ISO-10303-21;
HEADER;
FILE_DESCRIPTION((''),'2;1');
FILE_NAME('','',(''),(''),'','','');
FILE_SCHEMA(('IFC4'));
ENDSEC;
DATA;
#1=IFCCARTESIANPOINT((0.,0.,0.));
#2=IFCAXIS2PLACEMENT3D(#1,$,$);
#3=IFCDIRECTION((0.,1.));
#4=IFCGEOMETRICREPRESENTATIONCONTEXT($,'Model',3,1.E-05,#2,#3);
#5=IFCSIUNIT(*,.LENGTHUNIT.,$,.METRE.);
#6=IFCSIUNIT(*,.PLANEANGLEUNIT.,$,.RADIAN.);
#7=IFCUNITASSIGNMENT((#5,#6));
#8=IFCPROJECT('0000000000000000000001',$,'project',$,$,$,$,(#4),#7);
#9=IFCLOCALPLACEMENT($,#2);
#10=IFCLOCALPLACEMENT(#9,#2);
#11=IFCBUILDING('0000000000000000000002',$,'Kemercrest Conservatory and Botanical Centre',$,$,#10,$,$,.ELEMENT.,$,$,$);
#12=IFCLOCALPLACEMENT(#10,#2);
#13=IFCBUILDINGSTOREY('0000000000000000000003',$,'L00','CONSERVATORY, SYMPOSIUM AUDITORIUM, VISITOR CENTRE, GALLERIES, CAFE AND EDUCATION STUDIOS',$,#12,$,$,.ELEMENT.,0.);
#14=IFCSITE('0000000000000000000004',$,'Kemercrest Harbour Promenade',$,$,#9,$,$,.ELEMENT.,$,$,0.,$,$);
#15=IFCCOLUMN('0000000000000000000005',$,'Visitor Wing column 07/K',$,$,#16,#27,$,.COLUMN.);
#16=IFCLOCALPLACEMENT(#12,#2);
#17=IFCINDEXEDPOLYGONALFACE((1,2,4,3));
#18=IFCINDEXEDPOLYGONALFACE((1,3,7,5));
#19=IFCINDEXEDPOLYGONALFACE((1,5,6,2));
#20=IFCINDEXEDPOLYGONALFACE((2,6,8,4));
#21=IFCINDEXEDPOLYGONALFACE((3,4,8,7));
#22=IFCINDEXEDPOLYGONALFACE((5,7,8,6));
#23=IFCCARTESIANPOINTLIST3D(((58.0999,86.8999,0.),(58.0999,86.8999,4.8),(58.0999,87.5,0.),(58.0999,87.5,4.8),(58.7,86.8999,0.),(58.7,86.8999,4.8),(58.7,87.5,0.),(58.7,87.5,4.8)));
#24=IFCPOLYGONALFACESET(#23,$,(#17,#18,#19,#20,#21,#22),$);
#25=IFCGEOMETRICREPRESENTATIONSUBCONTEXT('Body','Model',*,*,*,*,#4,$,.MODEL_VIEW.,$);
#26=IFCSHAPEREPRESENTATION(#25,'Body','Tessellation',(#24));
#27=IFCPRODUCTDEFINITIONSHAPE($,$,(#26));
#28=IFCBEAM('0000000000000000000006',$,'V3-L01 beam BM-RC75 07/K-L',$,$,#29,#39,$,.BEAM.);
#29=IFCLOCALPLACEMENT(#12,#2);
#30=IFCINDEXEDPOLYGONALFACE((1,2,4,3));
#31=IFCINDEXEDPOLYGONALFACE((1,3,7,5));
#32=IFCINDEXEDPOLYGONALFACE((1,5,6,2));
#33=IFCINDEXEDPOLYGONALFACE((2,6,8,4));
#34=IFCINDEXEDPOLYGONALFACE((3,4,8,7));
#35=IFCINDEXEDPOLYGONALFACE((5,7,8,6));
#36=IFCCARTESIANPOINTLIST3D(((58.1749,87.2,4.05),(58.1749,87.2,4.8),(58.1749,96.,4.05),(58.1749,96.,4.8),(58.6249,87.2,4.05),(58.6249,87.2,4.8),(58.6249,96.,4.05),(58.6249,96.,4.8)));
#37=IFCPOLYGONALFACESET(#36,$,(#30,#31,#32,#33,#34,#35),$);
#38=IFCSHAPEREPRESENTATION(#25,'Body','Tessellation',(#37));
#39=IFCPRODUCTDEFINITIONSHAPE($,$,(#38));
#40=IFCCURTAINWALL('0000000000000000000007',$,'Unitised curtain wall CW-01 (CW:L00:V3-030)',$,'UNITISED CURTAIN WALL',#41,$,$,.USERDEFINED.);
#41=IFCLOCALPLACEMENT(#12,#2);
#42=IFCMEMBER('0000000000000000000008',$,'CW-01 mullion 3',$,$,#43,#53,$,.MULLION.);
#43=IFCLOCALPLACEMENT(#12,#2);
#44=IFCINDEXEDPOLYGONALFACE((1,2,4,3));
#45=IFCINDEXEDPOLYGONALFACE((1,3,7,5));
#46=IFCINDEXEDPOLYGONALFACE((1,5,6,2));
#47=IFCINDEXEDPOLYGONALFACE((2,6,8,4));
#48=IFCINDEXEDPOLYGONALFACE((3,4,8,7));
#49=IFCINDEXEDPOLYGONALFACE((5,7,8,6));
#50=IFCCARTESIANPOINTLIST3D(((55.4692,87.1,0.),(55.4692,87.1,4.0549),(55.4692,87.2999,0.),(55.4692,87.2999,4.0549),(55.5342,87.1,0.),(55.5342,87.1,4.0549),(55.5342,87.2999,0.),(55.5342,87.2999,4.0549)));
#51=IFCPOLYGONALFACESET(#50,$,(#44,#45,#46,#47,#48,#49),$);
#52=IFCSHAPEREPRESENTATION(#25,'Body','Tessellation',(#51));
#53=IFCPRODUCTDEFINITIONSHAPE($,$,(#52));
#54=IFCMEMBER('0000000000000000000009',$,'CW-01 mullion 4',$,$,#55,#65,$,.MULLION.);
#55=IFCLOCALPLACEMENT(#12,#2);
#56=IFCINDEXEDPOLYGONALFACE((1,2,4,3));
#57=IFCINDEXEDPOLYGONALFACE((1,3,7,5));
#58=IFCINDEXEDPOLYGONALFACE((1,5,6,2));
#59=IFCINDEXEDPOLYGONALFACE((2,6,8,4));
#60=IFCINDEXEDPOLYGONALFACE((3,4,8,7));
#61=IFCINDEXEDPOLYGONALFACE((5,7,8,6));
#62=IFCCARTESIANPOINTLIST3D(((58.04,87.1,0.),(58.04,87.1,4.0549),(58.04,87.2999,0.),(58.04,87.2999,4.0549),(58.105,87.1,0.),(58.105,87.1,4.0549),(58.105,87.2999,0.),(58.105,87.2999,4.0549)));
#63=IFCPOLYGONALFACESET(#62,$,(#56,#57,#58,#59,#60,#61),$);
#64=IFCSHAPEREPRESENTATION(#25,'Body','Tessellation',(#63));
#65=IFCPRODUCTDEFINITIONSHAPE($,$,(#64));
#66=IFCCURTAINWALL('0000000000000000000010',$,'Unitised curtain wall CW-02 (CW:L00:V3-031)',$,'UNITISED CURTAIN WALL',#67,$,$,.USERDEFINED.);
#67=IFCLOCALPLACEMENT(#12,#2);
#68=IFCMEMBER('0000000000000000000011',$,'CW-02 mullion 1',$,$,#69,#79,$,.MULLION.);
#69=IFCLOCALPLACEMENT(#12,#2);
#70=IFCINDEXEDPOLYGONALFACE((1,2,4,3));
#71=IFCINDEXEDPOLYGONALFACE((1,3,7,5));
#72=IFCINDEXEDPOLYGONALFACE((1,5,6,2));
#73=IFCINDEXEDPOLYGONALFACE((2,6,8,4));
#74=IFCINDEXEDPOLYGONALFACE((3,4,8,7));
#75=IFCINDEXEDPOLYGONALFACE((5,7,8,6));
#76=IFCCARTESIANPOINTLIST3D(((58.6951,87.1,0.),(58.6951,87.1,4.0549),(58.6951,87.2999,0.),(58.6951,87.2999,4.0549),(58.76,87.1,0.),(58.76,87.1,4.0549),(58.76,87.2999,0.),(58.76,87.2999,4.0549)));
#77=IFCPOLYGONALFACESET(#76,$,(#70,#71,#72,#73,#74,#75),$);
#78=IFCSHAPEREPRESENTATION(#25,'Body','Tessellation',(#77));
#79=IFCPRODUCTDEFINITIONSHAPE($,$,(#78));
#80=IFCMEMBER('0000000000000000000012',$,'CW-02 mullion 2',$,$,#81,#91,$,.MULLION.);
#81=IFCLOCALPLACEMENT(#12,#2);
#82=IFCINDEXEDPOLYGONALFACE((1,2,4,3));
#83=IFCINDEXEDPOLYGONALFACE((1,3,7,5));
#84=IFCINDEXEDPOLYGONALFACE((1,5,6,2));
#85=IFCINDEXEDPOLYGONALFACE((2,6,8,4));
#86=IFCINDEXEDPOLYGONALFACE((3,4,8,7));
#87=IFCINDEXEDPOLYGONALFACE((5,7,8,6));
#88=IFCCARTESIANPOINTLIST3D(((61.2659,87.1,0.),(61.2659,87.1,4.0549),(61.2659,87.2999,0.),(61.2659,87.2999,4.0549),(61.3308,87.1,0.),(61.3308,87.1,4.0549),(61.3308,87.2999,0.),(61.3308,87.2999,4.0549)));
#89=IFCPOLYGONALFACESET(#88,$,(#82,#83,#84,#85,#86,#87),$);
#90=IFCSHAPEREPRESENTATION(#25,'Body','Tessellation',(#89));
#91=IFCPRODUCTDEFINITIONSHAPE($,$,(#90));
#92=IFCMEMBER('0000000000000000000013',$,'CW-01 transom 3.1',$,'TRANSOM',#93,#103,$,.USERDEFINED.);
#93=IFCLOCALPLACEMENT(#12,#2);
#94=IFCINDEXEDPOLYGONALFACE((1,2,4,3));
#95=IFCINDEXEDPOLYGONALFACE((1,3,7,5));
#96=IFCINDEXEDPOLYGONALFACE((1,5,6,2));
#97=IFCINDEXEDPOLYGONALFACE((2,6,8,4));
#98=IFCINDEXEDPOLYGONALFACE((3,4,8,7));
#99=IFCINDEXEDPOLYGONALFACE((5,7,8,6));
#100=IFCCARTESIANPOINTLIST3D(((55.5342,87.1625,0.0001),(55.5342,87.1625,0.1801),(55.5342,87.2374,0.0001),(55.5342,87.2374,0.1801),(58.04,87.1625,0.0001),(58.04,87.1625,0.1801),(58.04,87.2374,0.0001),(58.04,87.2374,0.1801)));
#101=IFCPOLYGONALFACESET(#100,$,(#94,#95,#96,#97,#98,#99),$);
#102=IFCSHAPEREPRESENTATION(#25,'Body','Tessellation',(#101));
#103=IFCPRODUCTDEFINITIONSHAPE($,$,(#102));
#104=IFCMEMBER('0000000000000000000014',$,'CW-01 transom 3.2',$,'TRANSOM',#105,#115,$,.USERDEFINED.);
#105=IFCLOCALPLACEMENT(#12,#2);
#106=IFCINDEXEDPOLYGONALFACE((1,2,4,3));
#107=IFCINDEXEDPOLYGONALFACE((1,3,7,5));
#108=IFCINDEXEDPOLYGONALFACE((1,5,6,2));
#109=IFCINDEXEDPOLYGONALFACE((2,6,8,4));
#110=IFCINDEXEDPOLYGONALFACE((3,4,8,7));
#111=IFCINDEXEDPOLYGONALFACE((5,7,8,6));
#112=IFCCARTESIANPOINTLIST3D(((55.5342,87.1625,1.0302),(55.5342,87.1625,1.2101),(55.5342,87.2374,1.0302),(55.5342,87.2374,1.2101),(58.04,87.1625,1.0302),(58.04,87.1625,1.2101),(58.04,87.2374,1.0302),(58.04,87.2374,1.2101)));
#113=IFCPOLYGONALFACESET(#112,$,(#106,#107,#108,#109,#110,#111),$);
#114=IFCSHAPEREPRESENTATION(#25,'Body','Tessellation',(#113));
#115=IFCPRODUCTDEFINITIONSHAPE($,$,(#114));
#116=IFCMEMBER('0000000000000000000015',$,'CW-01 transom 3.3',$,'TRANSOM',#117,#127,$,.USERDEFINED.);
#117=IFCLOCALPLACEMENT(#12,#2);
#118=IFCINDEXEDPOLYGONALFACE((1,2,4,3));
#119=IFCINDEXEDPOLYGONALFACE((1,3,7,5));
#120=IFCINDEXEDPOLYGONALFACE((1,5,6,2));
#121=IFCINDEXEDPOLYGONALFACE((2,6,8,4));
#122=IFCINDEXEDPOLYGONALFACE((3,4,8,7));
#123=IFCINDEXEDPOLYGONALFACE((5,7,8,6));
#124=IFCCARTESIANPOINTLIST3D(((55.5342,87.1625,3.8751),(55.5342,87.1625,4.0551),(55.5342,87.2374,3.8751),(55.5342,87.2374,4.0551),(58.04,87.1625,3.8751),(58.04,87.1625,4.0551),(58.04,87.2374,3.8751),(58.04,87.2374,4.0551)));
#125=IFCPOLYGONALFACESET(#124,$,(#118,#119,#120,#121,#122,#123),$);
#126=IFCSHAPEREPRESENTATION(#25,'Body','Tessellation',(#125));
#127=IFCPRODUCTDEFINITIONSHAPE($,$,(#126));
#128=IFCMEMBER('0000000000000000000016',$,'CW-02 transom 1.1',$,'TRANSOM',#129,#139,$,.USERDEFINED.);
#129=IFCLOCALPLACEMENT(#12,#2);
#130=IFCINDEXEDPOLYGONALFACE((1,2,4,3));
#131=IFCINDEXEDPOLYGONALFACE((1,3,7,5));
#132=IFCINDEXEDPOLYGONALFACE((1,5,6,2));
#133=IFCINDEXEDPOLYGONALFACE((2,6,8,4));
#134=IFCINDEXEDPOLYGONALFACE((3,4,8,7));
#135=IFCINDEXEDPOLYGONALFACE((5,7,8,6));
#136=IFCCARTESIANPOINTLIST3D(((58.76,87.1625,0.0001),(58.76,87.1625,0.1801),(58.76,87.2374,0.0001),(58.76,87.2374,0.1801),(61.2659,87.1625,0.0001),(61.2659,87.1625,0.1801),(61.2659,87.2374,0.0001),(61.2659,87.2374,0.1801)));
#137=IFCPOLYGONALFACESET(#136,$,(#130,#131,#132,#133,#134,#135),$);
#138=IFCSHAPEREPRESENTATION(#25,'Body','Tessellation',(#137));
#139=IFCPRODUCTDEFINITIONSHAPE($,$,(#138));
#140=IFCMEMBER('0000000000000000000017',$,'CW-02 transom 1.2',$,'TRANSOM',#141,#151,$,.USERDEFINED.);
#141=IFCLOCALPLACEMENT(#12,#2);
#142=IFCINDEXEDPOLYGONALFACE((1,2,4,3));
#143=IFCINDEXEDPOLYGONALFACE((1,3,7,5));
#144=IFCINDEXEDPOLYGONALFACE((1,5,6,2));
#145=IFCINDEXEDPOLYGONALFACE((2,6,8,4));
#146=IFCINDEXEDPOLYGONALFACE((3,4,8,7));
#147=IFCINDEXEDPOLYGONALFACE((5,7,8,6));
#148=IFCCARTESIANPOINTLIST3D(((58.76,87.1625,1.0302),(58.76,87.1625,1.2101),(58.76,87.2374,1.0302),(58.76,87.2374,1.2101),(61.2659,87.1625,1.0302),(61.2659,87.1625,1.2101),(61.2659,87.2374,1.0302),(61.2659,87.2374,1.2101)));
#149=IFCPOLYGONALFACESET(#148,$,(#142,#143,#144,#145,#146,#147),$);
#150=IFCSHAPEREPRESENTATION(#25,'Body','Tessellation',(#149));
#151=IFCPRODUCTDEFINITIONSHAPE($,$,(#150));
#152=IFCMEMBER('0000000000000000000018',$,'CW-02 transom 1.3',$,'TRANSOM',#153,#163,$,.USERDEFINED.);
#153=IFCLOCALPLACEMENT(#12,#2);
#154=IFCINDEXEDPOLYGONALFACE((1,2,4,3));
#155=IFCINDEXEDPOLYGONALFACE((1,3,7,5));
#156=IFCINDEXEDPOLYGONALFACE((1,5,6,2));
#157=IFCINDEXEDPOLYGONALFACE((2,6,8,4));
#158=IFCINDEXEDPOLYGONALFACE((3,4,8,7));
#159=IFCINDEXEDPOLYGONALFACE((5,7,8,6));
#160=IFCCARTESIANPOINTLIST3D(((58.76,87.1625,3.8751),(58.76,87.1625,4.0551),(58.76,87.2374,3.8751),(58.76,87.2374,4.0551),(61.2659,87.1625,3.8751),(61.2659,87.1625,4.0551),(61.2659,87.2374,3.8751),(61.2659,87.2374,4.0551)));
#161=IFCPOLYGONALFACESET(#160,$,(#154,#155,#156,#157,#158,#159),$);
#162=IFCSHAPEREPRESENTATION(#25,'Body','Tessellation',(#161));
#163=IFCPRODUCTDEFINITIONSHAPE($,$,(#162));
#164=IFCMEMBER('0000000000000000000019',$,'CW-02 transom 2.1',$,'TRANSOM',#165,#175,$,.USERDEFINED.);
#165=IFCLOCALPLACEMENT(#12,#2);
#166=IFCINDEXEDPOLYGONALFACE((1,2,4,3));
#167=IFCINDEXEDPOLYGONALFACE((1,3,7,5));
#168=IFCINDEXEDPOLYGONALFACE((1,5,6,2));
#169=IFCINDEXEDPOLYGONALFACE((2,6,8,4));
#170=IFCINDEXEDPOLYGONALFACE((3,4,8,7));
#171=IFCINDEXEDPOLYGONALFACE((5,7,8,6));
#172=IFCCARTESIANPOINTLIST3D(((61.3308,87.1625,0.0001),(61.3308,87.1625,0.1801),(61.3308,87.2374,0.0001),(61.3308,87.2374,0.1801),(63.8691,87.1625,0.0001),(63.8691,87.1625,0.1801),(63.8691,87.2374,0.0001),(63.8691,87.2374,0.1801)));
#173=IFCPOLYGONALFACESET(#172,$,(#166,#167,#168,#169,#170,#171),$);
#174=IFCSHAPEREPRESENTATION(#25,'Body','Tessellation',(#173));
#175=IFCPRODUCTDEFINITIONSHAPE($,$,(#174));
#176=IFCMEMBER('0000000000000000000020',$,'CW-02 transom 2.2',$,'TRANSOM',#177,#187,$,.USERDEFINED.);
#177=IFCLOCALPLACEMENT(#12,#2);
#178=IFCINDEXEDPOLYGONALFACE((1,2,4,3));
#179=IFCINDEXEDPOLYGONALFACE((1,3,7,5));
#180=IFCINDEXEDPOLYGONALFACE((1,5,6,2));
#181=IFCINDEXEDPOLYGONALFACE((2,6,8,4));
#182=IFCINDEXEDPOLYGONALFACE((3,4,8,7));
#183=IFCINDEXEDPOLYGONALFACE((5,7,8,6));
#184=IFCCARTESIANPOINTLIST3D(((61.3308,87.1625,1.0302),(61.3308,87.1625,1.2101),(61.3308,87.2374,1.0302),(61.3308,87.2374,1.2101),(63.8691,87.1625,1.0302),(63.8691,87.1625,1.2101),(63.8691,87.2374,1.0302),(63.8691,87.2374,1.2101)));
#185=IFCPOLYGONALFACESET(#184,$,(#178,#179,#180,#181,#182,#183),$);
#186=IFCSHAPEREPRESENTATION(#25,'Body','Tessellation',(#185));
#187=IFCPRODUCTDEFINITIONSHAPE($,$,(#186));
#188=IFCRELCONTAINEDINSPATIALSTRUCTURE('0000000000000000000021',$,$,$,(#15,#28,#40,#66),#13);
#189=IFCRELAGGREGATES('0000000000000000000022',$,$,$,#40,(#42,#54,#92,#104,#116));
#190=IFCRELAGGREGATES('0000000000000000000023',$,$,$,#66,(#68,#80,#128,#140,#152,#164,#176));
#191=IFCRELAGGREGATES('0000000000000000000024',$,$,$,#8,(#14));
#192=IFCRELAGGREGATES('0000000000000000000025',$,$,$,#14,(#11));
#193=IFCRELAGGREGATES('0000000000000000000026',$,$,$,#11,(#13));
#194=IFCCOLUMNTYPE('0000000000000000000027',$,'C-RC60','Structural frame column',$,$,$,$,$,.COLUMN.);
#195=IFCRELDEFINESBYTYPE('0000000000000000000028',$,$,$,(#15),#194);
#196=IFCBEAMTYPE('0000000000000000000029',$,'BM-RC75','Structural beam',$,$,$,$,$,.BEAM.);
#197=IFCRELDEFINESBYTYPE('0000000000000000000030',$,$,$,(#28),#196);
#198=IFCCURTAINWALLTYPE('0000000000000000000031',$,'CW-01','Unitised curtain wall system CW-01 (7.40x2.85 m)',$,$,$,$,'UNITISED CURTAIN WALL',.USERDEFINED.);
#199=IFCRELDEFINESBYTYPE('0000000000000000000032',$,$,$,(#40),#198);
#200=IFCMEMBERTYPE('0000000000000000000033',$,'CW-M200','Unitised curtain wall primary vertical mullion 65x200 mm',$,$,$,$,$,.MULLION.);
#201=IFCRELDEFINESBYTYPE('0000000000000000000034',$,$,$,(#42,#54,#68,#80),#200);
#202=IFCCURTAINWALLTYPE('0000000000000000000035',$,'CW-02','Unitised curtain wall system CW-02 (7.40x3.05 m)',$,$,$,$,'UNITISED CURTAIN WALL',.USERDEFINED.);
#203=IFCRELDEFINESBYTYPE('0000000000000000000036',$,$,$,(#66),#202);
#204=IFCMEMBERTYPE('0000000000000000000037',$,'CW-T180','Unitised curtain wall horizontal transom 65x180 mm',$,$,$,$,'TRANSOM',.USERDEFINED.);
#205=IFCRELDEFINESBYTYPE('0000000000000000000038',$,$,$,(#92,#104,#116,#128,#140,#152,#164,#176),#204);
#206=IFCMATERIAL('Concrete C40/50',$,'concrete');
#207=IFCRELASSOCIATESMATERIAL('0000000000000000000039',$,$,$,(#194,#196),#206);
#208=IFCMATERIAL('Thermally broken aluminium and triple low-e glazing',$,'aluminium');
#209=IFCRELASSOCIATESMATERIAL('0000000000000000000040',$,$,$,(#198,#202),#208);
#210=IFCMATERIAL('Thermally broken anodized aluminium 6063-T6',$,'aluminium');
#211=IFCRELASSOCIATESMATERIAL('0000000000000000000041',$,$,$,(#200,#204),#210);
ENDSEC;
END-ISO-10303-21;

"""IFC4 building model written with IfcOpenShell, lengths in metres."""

from ifc_helpers import new_model, si_unit, direction, frame, origin, origin_2d, place, context, subcontext, project, spatial, rectangle, extrude, material, material_profile, profile_set, type_object, element, aggregate, save


model = new_model("IFC4")

# Units and contexts
model_context = context("Model", 3, precision=1e-05, world=origin(), true_north=direction((0.0, 1.0)))
body_context = subcontext(model_context, "Body", "Model", "MODEL_VIEW")
ifc_project = project(units=[si_unit("LENGTHUNIT", "METRE"), si_unit("PLANEANGLEUNIT", "RADIAN")], contexts=[model_context])

# Site, building, storey
site_placement = place(None, origin())
site = spatial("IfcSite", under=ifc_project, at=site_placement, Name="Kemercrest Harbour Promenade", CompositionType="ELEMENT", RefElevation=0.0)
building_placement = place(site_placement, origin())
building = spatial("IfcBuilding", under=site, at=building_placement, Name="Kemercrest Conservatory and Botanical Centre", CompositionType="ELEMENT")
storey_placement = place(building_placement, origin())
storey = spatial("IfcBuildingStorey", under=building, at=storey_placement, Name="L00", Description="CONSERVATORY, SYMPOSIUM AUDITORIUM, VISITOR CENTRE, GALLERIES, CAFE AND EDUCATION STUDIOS", CompositionType="ELEMENT", Elevation=0.0)

# Column
ifc_material_1 = material(Name="Concrete C40/50", Category="concrete")
ifc_material_profile_1 = material_profile(ifc_material_1, rectangle(XDim=0.6001, YDim=0.6001, at=origin_2d()), Name="RC 600x600")
ifc_profile_set_1 = profile_set([ifc_material_profile_1], Name="Concrete C40/50")
column_type = type_object("IfcColumnType", Name="C-RC60", Description="Structural frame column", PredefinedType="COLUMN", material=ifc_profile_set_1)
column_placement = place(storey_placement, frame((58.3999, 87.2, 0.0), z_axis=(0.0, 0.0, 1.0), x_axis=(1.0, 0.0, 0.0)))
element("IfcColumn", 1, at=column_placement, inside=storey, type_object=column_type, Name="Visitor Wing column 07/K", PredefinedType="COLUMN", context=body_context, shape_type="SweptSolid", body=[
    extrude(rectangle(XDim=0.6001, YDim=0.6001, at=origin_2d()), origin(), (0.0, 0.0, 1.0), 4.8),
])

# Beam
ifc_material_profile_2 = material_profile(ifc_material_1, rectangle(XDim=0.45, YDim=0.75, at=origin_2d()), Name="RC 450x750")
ifc_profile_set_2 = profile_set([ifc_material_profile_2], Name="Concrete C40/50")
beam_type_1 = type_object("IfcBeamType", Name="BM-RC75", Description="Structural beam", PredefinedType="BEAM", material=ifc_profile_set_2)
beam_1_placement = place(storey_placement, frame((58.3999, 87.2, 4.425), z_axis=(0.0, 1.0, 0.0), x_axis=(-1.0, 0.0, 0.0)))
element("IfcBeam", 2, at=beam_1_placement, inside=storey, type_object=beam_type_1, Name="V3-L01 beam BM-RC75 07/K-L", PredefinedType="BEAM", context=body_context, shape_type="SweptSolid", body=[
    extrude(rectangle(XDim=0.45, YDim=0.75, at=origin_2d()), origin(), (0.0, 0.0, 1.0), 8.8),
])

# Curtain walls, members
ifc_material_2 = material(Name="Thermally broken aluminium and triple low-e glazing", Category="aluminium")
curtain_wall_type_1 = type_object("IfcCurtainWallType", Name="CW-01", Description="Unitised curtain wall system CW-01 (7.40x2.85 m)", ElementType="UNITISED CURTAIN WALL", PredefinedType="USERDEFINED", material=ifc_material_2)
curtain_wall_1_placement = place(storey_placement, origin())
curtain_wall_1 = element("IfcCurtainWall", 3, at=curtain_wall_1_placement, inside=storey, type_object=curtain_wall_type_1, Name="Unitised curtain wall CW-01 (CW:L00:V3-030)", ObjectType="UNITISED CURTAIN WALL", PredefinedType="USERDEFINED")
ifc_material_3 = material(Name="Thermally broken anodized aluminium 6063-T6", Category="aluminium")
ifc_material_profile_3 = material_profile(ifc_material_3, rectangle(XDim=0.2, YDim=0.0649, at=origin_2d()), Name="AL MULLION 65x200")
ifc_profile_set_3 = profile_set([ifc_material_profile_3], Name="Thermally broken anodized aluminium 6063-T6")
member_type_1 = type_object("IfcMemberType", Name="CW-M200", Description="Unitised curtain wall primary vertical mullion 65x200 mm", PredefinedType="MULLION", material=ifc_profile_set_3)
member_1_placement = place(storey_placement, frame((55.5017, 87.2, 0.0), z_axis=(0.0, 0.0, 1.0), x_axis=(0.0, 1.0, 0.0)))
member_1 = element("IfcMember", 4, at=member_1_placement, type_object=member_type_1, Name="CW-01 mullion 3", PredefinedType="MULLION", context=body_context, shape_type="SweptSolid", body=[
    extrude(rectangle(XDim=0.2, YDim=0.0649, at=origin_2d()), origin(), (0.0, 0.0, 1.0), 4.0549),
])
member_2_placement = place(storey_placement, frame((58.0725, 87.2, 0.0), z_axis=(0.0, 0.0, 1.0), x_axis=(0.0, 1.0, 0.0)))
member_2 = element("IfcMember", 5, at=member_2_placement, type_object=member_type_1, Name="CW-01 mullion 4", PredefinedType="MULLION", context=body_context, shape_type="SweptSolid", body=[
    extrude(rectangle(XDim=0.2, YDim=0.0649, at=origin_2d()), origin(), (0.0, 0.0, 1.0), 4.0549),
])
curtain_wall_type_2 = type_object("IfcCurtainWallType", Name="CW-02", Description="Unitised curtain wall system CW-02 (7.40x3.05 m)", ElementType="UNITISED CURTAIN WALL", PredefinedType="USERDEFINED", material=ifc_material_2)
curtain_wall_2_placement = place(storey_placement, origin())
curtain_wall_2 = element("IfcCurtainWall", 6, at=curtain_wall_2_placement, inside=storey, type_object=curtain_wall_type_2, Name="Unitised curtain wall CW-02 (CW:L00:V3-031)", ObjectType="UNITISED CURTAIN WALL", PredefinedType="USERDEFINED")
member_3_placement = place(storey_placement, frame((58.7275, 87.2, 0.0), z_axis=(0.0, 0.0, 1.0), x_axis=(0.0, 1.0, 0.0)))
member_3 = element("IfcMember", 7, at=member_3_placement, type_object=member_type_1, Name="CW-02 mullion 1", PredefinedType="MULLION", context=body_context, shape_type="SweptSolid", body=[
    extrude(rectangle(XDim=0.2, YDim=0.0649, at=origin_2d()), origin(), (0.0, 0.0, 1.0), 4.0549),
])
member_4_placement = place(storey_placement, frame((61.2983, 87.2, 0.0), z_axis=(0.0, 0.0, 1.0), x_axis=(0.0, 1.0, 0.0)))
member_4 = element("IfcMember", 8, at=member_4_placement, type_object=member_type_1, Name="CW-02 mullion 2", PredefinedType="MULLION", context=body_context, shape_type="SweptSolid", body=[
    extrude(rectangle(XDim=0.2, YDim=0.0649, at=origin_2d()), origin(), (0.0, 0.0, 1.0), 4.0549),
])

# Members
ifc_material_profile_4 = material_profile(ifc_material_3, rectangle(XDim=0.075, YDim=0.1799, at=origin_2d()), Name="AL TRANSOM 75x180")
ifc_profile_set_4 = profile_set([ifc_material_profile_4], Name="Thermally broken anodized aluminium 6063-T6")
member_type_2 = type_object("IfcMemberType", Name="CW-T180", Description="Unitised curtain wall horizontal transom 65x180 mm", ElementType="TRANSOM", PredefinedType="USERDEFINED", material=ifc_profile_set_4)
member_5_placement = place(storey_placement, frame((55.5342, 87.2, 0.0901), z_axis=(1.0, 0.0, 0.0), x_axis=(0.0, 1.0, 0.0)))
member_5 = element("IfcMember", 9, at=member_5_placement, type_object=member_type_2, Name="CW-01 transom 3.1", ObjectType="TRANSOM", PredefinedType="USERDEFINED", context=body_context, shape_type="SweptSolid", body=[
    extrude(rectangle(XDim=0.075, YDim=0.1799, at=origin_2d()), origin(), (0.0, 0.0, 1.0), 2.5059),
])
member_6_placement = place(storey_placement, frame((55.5342, 87.2, 1.1201), z_axis=(1.0, 0.0, 0.0), x_axis=(0.0, 1.0, 0.0)))
member_6 = element("IfcMember", 10, at=member_6_placement, type_object=member_type_2, Name="CW-01 transom 3.2", ObjectType="TRANSOM", PredefinedType="USERDEFINED", context=body_context, shape_type="SweptSolid", body=[
    extrude(rectangle(XDim=0.075, YDim=0.1799, at=origin_2d()), origin(), (0.0, 0.0, 1.0), 2.5059),
])
member_7_placement = place(storey_placement, frame((55.5342, 87.2, 3.9651), z_axis=(1.0, 0.0, 0.0), x_axis=(0.0, 1.0, 0.0)))
member_7 = element("IfcMember", 11, at=member_7_placement, type_object=member_type_2, Name="CW-01 transom 3.3", ObjectType="TRANSOM", PredefinedType="USERDEFINED", context=body_context, shape_type="SweptSolid", body=[
    extrude(rectangle(XDim=0.075, YDim=0.1799, at=origin_2d()), origin(), (0.0, 0.0, 1.0), 2.5059),
])
member_8_placement = place(storey_placement, frame((58.76, 87.2, 0.0901), z_axis=(1.0, 0.0, 0.0), x_axis=(0.0, 1.0, 0.0)))
member_8 = element("IfcMember", 12, at=member_8_placement, type_object=member_type_2, Name="CW-02 transom 1.1", ObjectType="TRANSOM", PredefinedType="USERDEFINED", context=body_context, shape_type="SweptSolid", body=[
    extrude(rectangle(XDim=0.075, YDim=0.1799, at=origin_2d()), origin(), (0.0, 0.0, 1.0), 2.5059),
])
member_9_placement = place(storey_placement, frame((58.76, 87.2, 1.1201), z_axis=(1.0, 0.0, 0.0), x_axis=(0.0, 1.0, 0.0)))
member_9 = element("IfcMember", 13, at=member_9_placement, type_object=member_type_2, Name="CW-02 transom 1.2", ObjectType="TRANSOM", PredefinedType="USERDEFINED", context=body_context, shape_type="SweptSolid", body=[
    extrude(rectangle(XDim=0.075, YDim=0.1799, at=origin_2d()), origin(), (0.0, 0.0, 1.0), 2.5059),
])
member_10_placement = place(storey_placement, frame((58.76, 87.2, 3.9651), z_axis=(1.0, 0.0, 0.0), x_axis=(0.0, 1.0, 0.0)))
member_10 = element("IfcMember", 14, at=member_10_placement, type_object=member_type_2, Name="CW-02 transom 1.3", ObjectType="TRANSOM", PredefinedType="USERDEFINED", context=body_context, shape_type="SweptSolid", body=[
    extrude(rectangle(XDim=0.075, YDim=0.1799, at=origin_2d()), origin(), (0.0, 0.0, 1.0), 2.5059),
])
member_11_placement = place(storey_placement, frame((61.3308, 87.2, 0.0901), z_axis=(1.0, 0.0, 0.0), x_axis=(0.0, 1.0, 0.0)))
member_11 = element("IfcMember", 15, at=member_11_placement, type_object=member_type_2, Name="CW-02 transom 2.1", ObjectType="TRANSOM", PredefinedType="USERDEFINED", context=body_context, shape_type="SweptSolid", body=[
    extrude(rectangle(XDim=0.075, YDim=0.1799, at=origin_2d()), origin(), (0.0, 0.0, 1.0), 2.5383),
])
member_12_placement = place(storey_placement, frame((61.3308, 87.2, 1.1201), z_axis=(1.0, 0.0, 0.0), x_axis=(0.0, 1.0, 0.0)))
member_12 = element("IfcMember", 16, at=member_12_placement, type_object=member_type_2, Name="CW-02 transom 2.2", ObjectType="TRANSOM", PredefinedType="USERDEFINED", context=body_context, shape_type="SweptSolid", body=[
    extrude(rectangle(XDim=0.075, YDim=0.1799, at=origin_2d()), origin(), (0.0, 0.0, 1.0), 2.5383),
])

aggregate(curtain_wall_1, [member_1, member_2, member_5, member_6, member_7])
aggregate(curtain_wall_2, [member_3, member_4, member_8, member_9, member_10, member_11, member_12])

save(model, "model.ifc")
